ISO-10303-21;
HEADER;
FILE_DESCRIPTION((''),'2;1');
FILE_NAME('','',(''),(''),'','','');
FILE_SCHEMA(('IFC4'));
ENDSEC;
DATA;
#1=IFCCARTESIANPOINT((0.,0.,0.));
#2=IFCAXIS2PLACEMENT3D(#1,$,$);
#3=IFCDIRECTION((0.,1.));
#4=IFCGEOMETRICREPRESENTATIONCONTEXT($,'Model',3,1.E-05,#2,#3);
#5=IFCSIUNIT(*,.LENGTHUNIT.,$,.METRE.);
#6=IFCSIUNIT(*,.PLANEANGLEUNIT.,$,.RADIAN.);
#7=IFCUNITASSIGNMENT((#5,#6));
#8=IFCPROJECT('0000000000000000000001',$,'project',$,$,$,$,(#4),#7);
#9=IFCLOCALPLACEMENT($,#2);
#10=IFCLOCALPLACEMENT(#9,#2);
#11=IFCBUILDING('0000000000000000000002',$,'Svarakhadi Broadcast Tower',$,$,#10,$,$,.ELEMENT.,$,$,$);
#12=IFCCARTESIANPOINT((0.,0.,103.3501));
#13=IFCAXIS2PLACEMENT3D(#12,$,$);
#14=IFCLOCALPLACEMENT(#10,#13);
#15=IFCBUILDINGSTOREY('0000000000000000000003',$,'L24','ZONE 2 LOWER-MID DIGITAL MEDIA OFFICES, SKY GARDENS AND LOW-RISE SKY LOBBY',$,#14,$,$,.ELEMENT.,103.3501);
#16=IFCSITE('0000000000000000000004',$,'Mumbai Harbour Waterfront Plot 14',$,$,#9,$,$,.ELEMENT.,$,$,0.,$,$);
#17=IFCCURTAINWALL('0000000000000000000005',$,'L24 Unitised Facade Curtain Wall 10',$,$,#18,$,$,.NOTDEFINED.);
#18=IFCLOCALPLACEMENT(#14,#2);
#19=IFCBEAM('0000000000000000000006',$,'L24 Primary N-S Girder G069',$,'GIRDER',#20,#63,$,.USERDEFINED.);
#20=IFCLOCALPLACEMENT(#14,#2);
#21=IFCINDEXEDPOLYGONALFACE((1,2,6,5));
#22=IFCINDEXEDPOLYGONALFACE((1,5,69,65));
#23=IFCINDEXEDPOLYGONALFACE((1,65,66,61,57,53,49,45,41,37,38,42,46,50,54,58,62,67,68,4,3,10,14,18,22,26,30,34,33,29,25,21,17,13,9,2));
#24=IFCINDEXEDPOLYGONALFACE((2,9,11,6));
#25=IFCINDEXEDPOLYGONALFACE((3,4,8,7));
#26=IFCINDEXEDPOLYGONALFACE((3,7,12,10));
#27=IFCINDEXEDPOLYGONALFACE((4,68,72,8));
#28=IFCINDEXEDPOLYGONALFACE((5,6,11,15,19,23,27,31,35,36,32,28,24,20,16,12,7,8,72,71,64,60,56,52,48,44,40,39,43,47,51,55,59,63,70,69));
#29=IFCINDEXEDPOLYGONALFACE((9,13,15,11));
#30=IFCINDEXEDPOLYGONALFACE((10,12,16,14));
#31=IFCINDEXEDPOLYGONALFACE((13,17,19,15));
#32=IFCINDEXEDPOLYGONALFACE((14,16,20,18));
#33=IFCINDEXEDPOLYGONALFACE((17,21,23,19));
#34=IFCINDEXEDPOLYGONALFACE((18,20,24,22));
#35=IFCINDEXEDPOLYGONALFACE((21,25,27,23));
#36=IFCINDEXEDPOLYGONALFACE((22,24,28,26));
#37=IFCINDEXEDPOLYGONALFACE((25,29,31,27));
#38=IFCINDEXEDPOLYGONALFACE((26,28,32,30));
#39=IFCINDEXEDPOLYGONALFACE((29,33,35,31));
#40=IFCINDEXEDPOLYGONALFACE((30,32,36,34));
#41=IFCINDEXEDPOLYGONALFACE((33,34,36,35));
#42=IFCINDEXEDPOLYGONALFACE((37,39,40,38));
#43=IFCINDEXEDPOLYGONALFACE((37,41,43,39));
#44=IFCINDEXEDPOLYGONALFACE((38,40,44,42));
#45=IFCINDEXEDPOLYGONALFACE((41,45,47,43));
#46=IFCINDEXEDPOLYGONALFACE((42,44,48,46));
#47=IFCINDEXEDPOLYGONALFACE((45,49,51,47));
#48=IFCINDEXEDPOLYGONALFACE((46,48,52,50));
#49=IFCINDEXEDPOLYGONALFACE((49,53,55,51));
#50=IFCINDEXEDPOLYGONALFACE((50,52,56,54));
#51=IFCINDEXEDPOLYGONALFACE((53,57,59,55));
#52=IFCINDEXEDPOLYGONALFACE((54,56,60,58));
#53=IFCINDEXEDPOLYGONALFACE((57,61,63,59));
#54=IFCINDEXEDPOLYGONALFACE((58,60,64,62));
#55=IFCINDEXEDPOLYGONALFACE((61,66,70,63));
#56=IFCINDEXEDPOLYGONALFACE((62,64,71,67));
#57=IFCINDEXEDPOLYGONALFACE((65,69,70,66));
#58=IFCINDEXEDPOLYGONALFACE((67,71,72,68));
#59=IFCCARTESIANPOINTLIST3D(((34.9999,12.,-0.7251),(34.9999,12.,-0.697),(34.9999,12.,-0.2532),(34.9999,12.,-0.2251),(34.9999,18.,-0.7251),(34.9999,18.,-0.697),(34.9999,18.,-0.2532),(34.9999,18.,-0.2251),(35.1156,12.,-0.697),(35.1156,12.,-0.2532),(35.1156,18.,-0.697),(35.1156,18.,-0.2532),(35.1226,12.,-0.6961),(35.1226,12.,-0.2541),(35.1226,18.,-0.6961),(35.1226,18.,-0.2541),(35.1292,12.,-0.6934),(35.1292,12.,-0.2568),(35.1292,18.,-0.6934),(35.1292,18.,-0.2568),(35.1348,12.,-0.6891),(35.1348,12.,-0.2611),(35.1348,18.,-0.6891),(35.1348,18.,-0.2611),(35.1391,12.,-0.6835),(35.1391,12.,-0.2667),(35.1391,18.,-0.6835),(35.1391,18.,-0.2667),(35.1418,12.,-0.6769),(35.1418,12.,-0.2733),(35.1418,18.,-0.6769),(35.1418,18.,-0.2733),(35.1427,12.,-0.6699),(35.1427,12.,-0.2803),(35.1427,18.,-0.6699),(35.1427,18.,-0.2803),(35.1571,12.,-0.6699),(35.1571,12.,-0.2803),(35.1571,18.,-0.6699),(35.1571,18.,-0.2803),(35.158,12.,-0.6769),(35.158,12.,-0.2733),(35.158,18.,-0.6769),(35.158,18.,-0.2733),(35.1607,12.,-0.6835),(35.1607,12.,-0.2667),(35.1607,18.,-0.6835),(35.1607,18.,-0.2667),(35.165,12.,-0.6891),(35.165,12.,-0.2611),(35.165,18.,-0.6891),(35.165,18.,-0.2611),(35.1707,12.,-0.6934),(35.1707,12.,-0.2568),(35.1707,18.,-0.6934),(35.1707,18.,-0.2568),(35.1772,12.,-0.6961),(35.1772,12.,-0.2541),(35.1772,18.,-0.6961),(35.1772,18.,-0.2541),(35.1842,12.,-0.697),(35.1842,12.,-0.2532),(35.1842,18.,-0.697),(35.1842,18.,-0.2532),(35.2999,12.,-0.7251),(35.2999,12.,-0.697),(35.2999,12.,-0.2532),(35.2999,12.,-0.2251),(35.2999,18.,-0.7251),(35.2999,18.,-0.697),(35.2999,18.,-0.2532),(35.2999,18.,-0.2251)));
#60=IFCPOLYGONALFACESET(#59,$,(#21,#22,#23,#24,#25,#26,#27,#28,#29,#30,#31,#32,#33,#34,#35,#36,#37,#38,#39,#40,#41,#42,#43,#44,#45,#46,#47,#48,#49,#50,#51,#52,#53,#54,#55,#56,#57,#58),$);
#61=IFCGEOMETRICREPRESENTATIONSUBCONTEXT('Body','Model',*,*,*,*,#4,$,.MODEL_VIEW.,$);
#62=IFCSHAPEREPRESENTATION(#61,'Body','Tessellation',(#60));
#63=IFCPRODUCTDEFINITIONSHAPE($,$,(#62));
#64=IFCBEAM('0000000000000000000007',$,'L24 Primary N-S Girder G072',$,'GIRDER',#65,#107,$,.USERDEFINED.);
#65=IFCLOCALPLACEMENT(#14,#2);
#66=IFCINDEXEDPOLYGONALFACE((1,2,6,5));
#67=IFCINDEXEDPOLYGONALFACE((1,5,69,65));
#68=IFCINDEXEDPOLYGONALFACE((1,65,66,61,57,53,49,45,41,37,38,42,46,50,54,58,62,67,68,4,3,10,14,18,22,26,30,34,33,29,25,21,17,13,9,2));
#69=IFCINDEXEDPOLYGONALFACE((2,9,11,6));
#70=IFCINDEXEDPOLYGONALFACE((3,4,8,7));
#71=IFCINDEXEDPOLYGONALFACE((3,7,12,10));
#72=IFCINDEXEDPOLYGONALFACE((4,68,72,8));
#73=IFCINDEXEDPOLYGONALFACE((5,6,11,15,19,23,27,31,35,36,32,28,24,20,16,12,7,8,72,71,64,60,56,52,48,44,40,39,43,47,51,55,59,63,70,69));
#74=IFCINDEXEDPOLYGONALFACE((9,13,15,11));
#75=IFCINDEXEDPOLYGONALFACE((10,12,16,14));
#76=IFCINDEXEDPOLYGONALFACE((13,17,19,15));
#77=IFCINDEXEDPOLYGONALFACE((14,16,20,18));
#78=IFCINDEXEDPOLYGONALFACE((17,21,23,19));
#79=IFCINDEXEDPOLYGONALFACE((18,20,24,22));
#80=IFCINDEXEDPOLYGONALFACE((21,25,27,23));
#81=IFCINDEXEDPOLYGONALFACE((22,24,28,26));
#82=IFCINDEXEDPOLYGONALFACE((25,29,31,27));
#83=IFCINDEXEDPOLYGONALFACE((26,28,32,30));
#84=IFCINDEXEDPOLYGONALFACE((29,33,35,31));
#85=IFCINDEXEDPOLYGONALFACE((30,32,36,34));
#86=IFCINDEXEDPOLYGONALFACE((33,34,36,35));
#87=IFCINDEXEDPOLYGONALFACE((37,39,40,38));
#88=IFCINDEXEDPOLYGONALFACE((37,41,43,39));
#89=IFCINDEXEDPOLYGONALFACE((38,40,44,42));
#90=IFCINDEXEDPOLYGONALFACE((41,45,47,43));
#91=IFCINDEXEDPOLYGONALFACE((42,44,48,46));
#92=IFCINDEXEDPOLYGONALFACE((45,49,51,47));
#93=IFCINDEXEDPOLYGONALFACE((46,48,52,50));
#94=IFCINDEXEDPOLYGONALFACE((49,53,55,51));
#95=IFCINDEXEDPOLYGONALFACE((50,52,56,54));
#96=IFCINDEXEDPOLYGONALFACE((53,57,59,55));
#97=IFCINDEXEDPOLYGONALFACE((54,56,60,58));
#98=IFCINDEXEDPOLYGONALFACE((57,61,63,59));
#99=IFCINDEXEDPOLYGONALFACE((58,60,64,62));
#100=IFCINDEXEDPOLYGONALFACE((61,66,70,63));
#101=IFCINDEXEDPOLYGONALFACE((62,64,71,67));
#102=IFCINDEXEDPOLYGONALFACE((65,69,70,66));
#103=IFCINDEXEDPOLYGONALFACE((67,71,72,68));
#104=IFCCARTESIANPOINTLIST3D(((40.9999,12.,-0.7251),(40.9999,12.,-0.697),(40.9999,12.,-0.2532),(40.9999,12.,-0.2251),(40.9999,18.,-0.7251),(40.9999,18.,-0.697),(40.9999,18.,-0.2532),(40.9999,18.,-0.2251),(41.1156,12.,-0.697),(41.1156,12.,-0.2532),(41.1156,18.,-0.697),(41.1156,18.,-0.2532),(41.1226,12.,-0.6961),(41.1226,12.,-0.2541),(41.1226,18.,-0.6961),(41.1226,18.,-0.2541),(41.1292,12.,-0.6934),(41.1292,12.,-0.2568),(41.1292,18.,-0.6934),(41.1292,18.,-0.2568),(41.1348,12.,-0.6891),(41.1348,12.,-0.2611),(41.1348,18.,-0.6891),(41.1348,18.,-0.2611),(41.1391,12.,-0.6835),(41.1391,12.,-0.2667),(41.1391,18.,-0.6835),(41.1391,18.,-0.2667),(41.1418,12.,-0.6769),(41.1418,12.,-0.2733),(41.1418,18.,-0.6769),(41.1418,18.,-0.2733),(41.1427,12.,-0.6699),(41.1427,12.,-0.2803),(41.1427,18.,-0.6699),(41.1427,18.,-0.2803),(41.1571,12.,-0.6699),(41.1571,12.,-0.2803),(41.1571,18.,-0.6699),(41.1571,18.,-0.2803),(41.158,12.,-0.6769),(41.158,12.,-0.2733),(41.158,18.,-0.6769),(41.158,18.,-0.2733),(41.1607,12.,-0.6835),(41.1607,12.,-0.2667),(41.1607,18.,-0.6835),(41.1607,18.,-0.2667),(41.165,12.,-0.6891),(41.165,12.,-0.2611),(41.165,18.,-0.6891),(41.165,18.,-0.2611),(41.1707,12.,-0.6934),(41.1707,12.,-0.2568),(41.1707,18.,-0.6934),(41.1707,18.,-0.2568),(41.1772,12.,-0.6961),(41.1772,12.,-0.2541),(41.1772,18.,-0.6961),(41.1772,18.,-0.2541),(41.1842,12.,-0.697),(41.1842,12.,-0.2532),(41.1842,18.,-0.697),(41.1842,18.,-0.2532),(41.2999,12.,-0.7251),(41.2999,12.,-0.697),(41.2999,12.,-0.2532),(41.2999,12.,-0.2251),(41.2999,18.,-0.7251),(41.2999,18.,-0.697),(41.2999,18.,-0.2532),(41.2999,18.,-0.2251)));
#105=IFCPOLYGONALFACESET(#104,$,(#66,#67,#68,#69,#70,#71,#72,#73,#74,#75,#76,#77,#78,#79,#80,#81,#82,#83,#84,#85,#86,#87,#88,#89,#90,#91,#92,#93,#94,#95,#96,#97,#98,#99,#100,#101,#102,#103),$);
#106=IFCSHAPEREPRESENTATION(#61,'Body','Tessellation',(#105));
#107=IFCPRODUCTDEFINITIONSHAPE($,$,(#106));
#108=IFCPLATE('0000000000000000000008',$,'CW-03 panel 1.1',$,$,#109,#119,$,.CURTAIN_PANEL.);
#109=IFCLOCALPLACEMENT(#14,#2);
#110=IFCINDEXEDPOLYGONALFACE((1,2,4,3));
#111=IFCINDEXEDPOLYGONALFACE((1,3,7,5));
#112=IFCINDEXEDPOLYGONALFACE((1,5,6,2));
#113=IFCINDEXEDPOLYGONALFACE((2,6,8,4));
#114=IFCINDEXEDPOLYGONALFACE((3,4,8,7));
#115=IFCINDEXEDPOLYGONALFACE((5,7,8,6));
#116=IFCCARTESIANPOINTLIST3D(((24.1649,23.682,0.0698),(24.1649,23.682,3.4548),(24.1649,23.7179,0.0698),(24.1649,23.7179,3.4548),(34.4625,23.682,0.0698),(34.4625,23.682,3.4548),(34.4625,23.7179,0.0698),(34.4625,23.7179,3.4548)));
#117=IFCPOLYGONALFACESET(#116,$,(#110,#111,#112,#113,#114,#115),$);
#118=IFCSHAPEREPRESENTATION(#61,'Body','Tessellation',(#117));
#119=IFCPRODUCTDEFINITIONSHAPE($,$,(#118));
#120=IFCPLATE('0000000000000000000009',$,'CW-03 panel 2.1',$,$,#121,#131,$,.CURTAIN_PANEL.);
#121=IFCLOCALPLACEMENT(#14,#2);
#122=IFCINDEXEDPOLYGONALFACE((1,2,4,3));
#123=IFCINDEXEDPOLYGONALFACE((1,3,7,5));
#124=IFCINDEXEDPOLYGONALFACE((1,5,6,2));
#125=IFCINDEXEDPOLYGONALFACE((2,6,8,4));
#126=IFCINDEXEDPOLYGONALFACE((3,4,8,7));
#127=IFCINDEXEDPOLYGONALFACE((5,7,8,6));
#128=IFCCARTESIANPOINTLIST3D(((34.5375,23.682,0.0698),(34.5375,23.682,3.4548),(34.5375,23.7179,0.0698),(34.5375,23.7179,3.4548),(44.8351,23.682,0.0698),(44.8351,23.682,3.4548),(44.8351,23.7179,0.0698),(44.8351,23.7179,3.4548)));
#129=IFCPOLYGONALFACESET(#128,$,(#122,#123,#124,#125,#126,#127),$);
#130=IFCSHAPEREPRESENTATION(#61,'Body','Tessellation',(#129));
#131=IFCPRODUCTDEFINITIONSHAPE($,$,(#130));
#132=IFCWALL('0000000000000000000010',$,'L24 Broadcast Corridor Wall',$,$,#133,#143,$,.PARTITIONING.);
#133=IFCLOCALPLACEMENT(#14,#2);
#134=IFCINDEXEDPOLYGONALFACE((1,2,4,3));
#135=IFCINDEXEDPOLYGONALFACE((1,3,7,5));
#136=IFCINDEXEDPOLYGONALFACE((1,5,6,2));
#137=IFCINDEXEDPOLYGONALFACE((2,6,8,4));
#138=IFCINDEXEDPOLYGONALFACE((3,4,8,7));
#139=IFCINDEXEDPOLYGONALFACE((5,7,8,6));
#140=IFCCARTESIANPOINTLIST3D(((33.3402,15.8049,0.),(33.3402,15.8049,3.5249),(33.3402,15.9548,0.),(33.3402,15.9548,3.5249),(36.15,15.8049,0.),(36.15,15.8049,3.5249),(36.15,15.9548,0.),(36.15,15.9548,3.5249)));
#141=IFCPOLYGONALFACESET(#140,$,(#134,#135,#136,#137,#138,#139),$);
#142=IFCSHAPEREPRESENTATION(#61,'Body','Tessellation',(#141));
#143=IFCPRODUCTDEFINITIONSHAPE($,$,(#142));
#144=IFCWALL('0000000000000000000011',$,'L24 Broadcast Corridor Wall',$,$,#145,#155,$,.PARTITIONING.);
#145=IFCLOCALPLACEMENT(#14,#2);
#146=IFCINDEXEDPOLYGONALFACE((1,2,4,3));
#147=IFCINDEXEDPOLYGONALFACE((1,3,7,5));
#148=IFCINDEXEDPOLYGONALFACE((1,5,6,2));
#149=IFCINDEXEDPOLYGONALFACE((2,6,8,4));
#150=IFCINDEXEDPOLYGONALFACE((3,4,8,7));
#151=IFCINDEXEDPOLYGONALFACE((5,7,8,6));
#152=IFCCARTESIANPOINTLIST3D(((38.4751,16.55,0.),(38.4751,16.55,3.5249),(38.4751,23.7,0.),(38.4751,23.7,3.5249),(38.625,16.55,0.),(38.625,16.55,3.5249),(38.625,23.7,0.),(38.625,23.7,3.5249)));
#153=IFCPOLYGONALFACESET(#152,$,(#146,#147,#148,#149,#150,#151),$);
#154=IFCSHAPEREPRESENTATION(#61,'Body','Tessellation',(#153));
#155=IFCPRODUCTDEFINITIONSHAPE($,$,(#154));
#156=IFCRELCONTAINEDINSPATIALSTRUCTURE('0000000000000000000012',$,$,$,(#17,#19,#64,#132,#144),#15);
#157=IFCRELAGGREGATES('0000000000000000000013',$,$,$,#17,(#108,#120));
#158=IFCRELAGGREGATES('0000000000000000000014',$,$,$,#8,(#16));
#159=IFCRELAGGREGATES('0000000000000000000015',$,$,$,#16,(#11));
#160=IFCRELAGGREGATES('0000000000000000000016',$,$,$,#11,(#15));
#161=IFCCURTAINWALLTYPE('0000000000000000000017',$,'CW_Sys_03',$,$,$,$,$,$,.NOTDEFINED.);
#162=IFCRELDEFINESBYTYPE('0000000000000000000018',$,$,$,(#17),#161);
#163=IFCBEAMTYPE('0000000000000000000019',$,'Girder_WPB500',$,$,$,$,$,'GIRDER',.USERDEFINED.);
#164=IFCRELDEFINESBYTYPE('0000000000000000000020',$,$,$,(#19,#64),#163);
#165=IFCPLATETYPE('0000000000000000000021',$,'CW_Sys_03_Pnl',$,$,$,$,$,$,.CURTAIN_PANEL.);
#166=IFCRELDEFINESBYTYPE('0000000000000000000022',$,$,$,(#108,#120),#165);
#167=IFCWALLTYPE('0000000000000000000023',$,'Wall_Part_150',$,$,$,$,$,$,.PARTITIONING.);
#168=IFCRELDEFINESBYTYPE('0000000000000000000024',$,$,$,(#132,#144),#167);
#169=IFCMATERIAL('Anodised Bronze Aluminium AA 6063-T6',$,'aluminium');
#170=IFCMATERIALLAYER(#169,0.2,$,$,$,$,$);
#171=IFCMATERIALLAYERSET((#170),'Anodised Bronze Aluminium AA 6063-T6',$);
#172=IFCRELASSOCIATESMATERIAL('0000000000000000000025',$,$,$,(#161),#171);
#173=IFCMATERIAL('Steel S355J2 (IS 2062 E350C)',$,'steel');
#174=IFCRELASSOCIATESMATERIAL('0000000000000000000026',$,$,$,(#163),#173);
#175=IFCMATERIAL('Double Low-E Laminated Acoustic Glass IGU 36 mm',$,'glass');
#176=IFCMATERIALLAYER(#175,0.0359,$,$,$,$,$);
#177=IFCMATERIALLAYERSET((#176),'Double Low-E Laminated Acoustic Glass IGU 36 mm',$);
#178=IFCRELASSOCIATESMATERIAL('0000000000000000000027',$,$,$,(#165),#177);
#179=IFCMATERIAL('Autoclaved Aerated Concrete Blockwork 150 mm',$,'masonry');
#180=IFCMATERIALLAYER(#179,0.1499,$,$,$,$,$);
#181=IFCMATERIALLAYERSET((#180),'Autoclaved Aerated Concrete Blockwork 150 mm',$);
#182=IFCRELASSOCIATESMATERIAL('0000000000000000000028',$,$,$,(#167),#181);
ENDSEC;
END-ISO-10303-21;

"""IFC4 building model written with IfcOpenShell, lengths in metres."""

from ifc_helpers import new_model, si_unit, direction, frame, frame_2d, origin, origin_2d, place, context, subcontext, project, spatial, rectangle, i_section, extrude, material, layer, layer_set, material_profile, profile_set, type_object, element, aggregate, save


model = new_model("IFC4")

# Units and contexts
model_context = context("Model", 3, precision=1e-05, world=origin(), true_north=direction((0.0, 1.0)))
body_context = subcontext(model_context, "Body", "Model", "MODEL_VIEW")
ifc_project = project(units=[si_unit("LENGTHUNIT", "METRE"), si_unit("PLANEANGLEUNIT", "RADIAN")], contexts=[model_context])

# Site, building, storey
site_placement = place(None, origin())
site = spatial("IfcSite", under=ifc_project, at=site_placement, Name="Mumbai Harbour Waterfront Plot 14", CompositionType="ELEMENT", RefElevation=0.0)
building_placement = place(site_placement, origin())
building = spatial("IfcBuilding", under=site, at=building_placement, Name="Svarakhadi Broadcast Tower", CompositionType="ELEMENT")
storey_placement = place(building_placement, frame((0.0, 0.0, 103.3501)))
storey = spatial("IfcBuildingStorey", under=building, at=storey_placement, Name="L24", Description="ZONE 2 LOWER-MID DIGITAL MEDIA OFFICES, SKY GARDENS AND LOW-RISE SKY LOBBY", CompositionType="ELEMENT", Elevation=103.3501)

# Shared definitions
ifc_material_1 = material(Name="Steel S355J2 (IS 2062 E350C)", Category="steel")

# Curtain wall
ifc_material_2 = material(Name="Anodised Bronze Aluminium AA 6063-T6", Category="aluminium")
ifc_layer_1 = layer(ifc_material_2, 0.2)
ifc_layer_set_1 = layer_set([ifc_layer_1], Name="Anodised Bronze Aluminium AA 6063-T6")
curtain_wall_type = type_object("IfcCurtainWallType", Name="CW_Sys_03", PredefinedType="NOTDEFINED", material=ifc_layer_set_1)
curtain_wall_placement = place(storey_placement, origin())
curtain_wall = element("IfcCurtainWall", 1, at=curtain_wall_placement, inside=storey, type_object=curtain_wall_type, Name="L24 Unitised Facade Curtain Wall 10", PredefinedType="NOTDEFINED")

# Beams
ifc_material_profile_1 = material_profile(ifc_material_1, i_section(OverallWidth=0.3, OverallDepth=0.5, WebThickness=0.0144, FlangeThickness=0.0281, FilletRadius=0.0271, at=origin_2d()), Name="WPB 500x300x187")
ifc_profile_set_1 = profile_set([ifc_material_profile_1], Name="Steel S355J2 (IS 2062 E350C)")
beam_type_1 = type_object("IfcBeamType", Name="Girder_WPB500", ElementType="GIRDER", PredefinedType="USERDEFINED", material=ifc_profile_set_1)
for number, where, z_axis, x_axis, name in (
    (2, (35.1499, 12.0, -0.4751), (0.0, 1.0, 0.0), (-1.0, 0.0, 0.0), "L24 Primary N-S Girder G069"),
    (3, (41.1499, 12.0, -0.4751), (0.0, 1.0, 0.0), (-1.0, 0.0, 0.0), "L24 Primary N-S Girder G072"),
):
    element("IfcBeam", number, at=place(storey_placement, frame(where, z_axis=z_axis, x_axis=x_axis)), inside=storey, type_object=beam_type_1, Name=name, ObjectType="GIRDER", PredefinedType="USERDEFINED", context=body_context, shape_type="SweptSolid", body=[
        extrude(i_section(OverallWidth=0.3, OverallDepth=0.5, WebThickness=0.0144, FlangeThickness=0.0281, FilletRadius=0.0271, at=origin_2d()), origin(), (0.0, 0.0, 1.0), 6.0),
    ])

# Plates
ifc_material_3 = material(Name="Double Low-E Laminated Acoustic Glass IGU 36 mm", Category="glass")
ifc_layer_2 = layer(ifc_material_3, 0.0359)
ifc_layer_set_2 = layer_set([ifc_layer_2], Name="Double Low-E Laminated Acoustic Glass IGU 36 mm")
plate_type = type_object("IfcPlateType", Name="CW_Sys_03_Pnl", PredefinedType="CURTAIN_PANEL", material=ifc_layer_set_2)
plate_1_placement = place(storey_placement, frame((29.3137, 23.7, 0.0698), z_axis=(0.0, 0.0, 1.0), x_axis=(1.0, 0.0, 0.0)))
plate_1 = element("IfcPlate", 4, at=plate_1_placement, type_object=plate_type, Name="CW-03 panel 1.1", PredefinedType="CURTAIN_PANEL", context=body_context, shape_type="SweptSolid", body=[
    extrude(rectangle(XDim=10.2976, YDim=0.0359, at=origin_2d()), origin(), (0.0, 0.0, 1.0), 3.385),
])
plate_2_placement = place(storey_placement, frame((39.6863, 23.7, 0.0698), z_axis=(0.0, 0.0, 1.0), x_axis=(1.0, 0.0, 0.0)))
plate_2 = element("IfcPlate", 5, at=plate_2_placement, type_object=plate_type, Name="CW-03 panel 2.1", PredefinedType="CURTAIN_PANEL", context=body_context, shape_type="SweptSolid", body=[
    extrude(rectangle(XDim=10.2976, YDim=0.0359, at=origin_2d()), origin(), (0.0, 0.0, 1.0), 3.385),
])
aggregate(curtain_wall, [plate_1, plate_2])

# Walls
ifc_material_4 = material(Name="Autoclaved Aerated Concrete Blockwork 150 mm", Category="masonry")
ifc_layer_3 = layer(ifc_material_4, 0.1499)
ifc_layer_set_3 = layer_set([ifc_layer_3], Name="Autoclaved Aerated Concrete Blockwork 150 mm")
wall_type_1 = type_object("IfcWallType", Name="Wall_Part_150", PredefinedType="PARTITIONING", material=ifc_layer_set_3)
wall_1_placement = place(storey_placement, frame((36.1499, 15.8799, 0.0), z_axis=(0.0, 0.0, 1.0), x_axis=(-1.0, 0.0, 0.0)))
element("IfcWall", 6, at=wall_1_placement, inside=storey, type_object=wall_type_1, Name="L24 Broadcast Corridor Wall", PredefinedType="PARTITIONING", context=body_context, shape_type="SweptSolid", body=[
    extrude(rectangle(XDim=2.8098, YDim=0.1499, at=frame_2d((1.4048, 0.0))), origin(), (0.0, 0.0, 1.0), 3.5249),
])
wall_2_placement = place(storey_placement, frame((38.55, 23.7, 0.0), z_axis=(0.0, 0.0, 1.0), x_axis=(0.0, -1.0, 0.0)))
element("IfcWall", 7, at=wall_2_placement, inside=storey, type_object=wall_type_1, Name="L24 Broadcast Corridor Wall", PredefinedType="PARTITIONING", context=body_context, shape_type="SweptSolid", body=[
    extrude(rectangle(XDim=7.1499, YDim=0.1499, at=frame_2d((3.575, 0.0))), origin(), (0.0, 0.0, 1.0), 3.5249),
])

save(model, "model.ifc")
